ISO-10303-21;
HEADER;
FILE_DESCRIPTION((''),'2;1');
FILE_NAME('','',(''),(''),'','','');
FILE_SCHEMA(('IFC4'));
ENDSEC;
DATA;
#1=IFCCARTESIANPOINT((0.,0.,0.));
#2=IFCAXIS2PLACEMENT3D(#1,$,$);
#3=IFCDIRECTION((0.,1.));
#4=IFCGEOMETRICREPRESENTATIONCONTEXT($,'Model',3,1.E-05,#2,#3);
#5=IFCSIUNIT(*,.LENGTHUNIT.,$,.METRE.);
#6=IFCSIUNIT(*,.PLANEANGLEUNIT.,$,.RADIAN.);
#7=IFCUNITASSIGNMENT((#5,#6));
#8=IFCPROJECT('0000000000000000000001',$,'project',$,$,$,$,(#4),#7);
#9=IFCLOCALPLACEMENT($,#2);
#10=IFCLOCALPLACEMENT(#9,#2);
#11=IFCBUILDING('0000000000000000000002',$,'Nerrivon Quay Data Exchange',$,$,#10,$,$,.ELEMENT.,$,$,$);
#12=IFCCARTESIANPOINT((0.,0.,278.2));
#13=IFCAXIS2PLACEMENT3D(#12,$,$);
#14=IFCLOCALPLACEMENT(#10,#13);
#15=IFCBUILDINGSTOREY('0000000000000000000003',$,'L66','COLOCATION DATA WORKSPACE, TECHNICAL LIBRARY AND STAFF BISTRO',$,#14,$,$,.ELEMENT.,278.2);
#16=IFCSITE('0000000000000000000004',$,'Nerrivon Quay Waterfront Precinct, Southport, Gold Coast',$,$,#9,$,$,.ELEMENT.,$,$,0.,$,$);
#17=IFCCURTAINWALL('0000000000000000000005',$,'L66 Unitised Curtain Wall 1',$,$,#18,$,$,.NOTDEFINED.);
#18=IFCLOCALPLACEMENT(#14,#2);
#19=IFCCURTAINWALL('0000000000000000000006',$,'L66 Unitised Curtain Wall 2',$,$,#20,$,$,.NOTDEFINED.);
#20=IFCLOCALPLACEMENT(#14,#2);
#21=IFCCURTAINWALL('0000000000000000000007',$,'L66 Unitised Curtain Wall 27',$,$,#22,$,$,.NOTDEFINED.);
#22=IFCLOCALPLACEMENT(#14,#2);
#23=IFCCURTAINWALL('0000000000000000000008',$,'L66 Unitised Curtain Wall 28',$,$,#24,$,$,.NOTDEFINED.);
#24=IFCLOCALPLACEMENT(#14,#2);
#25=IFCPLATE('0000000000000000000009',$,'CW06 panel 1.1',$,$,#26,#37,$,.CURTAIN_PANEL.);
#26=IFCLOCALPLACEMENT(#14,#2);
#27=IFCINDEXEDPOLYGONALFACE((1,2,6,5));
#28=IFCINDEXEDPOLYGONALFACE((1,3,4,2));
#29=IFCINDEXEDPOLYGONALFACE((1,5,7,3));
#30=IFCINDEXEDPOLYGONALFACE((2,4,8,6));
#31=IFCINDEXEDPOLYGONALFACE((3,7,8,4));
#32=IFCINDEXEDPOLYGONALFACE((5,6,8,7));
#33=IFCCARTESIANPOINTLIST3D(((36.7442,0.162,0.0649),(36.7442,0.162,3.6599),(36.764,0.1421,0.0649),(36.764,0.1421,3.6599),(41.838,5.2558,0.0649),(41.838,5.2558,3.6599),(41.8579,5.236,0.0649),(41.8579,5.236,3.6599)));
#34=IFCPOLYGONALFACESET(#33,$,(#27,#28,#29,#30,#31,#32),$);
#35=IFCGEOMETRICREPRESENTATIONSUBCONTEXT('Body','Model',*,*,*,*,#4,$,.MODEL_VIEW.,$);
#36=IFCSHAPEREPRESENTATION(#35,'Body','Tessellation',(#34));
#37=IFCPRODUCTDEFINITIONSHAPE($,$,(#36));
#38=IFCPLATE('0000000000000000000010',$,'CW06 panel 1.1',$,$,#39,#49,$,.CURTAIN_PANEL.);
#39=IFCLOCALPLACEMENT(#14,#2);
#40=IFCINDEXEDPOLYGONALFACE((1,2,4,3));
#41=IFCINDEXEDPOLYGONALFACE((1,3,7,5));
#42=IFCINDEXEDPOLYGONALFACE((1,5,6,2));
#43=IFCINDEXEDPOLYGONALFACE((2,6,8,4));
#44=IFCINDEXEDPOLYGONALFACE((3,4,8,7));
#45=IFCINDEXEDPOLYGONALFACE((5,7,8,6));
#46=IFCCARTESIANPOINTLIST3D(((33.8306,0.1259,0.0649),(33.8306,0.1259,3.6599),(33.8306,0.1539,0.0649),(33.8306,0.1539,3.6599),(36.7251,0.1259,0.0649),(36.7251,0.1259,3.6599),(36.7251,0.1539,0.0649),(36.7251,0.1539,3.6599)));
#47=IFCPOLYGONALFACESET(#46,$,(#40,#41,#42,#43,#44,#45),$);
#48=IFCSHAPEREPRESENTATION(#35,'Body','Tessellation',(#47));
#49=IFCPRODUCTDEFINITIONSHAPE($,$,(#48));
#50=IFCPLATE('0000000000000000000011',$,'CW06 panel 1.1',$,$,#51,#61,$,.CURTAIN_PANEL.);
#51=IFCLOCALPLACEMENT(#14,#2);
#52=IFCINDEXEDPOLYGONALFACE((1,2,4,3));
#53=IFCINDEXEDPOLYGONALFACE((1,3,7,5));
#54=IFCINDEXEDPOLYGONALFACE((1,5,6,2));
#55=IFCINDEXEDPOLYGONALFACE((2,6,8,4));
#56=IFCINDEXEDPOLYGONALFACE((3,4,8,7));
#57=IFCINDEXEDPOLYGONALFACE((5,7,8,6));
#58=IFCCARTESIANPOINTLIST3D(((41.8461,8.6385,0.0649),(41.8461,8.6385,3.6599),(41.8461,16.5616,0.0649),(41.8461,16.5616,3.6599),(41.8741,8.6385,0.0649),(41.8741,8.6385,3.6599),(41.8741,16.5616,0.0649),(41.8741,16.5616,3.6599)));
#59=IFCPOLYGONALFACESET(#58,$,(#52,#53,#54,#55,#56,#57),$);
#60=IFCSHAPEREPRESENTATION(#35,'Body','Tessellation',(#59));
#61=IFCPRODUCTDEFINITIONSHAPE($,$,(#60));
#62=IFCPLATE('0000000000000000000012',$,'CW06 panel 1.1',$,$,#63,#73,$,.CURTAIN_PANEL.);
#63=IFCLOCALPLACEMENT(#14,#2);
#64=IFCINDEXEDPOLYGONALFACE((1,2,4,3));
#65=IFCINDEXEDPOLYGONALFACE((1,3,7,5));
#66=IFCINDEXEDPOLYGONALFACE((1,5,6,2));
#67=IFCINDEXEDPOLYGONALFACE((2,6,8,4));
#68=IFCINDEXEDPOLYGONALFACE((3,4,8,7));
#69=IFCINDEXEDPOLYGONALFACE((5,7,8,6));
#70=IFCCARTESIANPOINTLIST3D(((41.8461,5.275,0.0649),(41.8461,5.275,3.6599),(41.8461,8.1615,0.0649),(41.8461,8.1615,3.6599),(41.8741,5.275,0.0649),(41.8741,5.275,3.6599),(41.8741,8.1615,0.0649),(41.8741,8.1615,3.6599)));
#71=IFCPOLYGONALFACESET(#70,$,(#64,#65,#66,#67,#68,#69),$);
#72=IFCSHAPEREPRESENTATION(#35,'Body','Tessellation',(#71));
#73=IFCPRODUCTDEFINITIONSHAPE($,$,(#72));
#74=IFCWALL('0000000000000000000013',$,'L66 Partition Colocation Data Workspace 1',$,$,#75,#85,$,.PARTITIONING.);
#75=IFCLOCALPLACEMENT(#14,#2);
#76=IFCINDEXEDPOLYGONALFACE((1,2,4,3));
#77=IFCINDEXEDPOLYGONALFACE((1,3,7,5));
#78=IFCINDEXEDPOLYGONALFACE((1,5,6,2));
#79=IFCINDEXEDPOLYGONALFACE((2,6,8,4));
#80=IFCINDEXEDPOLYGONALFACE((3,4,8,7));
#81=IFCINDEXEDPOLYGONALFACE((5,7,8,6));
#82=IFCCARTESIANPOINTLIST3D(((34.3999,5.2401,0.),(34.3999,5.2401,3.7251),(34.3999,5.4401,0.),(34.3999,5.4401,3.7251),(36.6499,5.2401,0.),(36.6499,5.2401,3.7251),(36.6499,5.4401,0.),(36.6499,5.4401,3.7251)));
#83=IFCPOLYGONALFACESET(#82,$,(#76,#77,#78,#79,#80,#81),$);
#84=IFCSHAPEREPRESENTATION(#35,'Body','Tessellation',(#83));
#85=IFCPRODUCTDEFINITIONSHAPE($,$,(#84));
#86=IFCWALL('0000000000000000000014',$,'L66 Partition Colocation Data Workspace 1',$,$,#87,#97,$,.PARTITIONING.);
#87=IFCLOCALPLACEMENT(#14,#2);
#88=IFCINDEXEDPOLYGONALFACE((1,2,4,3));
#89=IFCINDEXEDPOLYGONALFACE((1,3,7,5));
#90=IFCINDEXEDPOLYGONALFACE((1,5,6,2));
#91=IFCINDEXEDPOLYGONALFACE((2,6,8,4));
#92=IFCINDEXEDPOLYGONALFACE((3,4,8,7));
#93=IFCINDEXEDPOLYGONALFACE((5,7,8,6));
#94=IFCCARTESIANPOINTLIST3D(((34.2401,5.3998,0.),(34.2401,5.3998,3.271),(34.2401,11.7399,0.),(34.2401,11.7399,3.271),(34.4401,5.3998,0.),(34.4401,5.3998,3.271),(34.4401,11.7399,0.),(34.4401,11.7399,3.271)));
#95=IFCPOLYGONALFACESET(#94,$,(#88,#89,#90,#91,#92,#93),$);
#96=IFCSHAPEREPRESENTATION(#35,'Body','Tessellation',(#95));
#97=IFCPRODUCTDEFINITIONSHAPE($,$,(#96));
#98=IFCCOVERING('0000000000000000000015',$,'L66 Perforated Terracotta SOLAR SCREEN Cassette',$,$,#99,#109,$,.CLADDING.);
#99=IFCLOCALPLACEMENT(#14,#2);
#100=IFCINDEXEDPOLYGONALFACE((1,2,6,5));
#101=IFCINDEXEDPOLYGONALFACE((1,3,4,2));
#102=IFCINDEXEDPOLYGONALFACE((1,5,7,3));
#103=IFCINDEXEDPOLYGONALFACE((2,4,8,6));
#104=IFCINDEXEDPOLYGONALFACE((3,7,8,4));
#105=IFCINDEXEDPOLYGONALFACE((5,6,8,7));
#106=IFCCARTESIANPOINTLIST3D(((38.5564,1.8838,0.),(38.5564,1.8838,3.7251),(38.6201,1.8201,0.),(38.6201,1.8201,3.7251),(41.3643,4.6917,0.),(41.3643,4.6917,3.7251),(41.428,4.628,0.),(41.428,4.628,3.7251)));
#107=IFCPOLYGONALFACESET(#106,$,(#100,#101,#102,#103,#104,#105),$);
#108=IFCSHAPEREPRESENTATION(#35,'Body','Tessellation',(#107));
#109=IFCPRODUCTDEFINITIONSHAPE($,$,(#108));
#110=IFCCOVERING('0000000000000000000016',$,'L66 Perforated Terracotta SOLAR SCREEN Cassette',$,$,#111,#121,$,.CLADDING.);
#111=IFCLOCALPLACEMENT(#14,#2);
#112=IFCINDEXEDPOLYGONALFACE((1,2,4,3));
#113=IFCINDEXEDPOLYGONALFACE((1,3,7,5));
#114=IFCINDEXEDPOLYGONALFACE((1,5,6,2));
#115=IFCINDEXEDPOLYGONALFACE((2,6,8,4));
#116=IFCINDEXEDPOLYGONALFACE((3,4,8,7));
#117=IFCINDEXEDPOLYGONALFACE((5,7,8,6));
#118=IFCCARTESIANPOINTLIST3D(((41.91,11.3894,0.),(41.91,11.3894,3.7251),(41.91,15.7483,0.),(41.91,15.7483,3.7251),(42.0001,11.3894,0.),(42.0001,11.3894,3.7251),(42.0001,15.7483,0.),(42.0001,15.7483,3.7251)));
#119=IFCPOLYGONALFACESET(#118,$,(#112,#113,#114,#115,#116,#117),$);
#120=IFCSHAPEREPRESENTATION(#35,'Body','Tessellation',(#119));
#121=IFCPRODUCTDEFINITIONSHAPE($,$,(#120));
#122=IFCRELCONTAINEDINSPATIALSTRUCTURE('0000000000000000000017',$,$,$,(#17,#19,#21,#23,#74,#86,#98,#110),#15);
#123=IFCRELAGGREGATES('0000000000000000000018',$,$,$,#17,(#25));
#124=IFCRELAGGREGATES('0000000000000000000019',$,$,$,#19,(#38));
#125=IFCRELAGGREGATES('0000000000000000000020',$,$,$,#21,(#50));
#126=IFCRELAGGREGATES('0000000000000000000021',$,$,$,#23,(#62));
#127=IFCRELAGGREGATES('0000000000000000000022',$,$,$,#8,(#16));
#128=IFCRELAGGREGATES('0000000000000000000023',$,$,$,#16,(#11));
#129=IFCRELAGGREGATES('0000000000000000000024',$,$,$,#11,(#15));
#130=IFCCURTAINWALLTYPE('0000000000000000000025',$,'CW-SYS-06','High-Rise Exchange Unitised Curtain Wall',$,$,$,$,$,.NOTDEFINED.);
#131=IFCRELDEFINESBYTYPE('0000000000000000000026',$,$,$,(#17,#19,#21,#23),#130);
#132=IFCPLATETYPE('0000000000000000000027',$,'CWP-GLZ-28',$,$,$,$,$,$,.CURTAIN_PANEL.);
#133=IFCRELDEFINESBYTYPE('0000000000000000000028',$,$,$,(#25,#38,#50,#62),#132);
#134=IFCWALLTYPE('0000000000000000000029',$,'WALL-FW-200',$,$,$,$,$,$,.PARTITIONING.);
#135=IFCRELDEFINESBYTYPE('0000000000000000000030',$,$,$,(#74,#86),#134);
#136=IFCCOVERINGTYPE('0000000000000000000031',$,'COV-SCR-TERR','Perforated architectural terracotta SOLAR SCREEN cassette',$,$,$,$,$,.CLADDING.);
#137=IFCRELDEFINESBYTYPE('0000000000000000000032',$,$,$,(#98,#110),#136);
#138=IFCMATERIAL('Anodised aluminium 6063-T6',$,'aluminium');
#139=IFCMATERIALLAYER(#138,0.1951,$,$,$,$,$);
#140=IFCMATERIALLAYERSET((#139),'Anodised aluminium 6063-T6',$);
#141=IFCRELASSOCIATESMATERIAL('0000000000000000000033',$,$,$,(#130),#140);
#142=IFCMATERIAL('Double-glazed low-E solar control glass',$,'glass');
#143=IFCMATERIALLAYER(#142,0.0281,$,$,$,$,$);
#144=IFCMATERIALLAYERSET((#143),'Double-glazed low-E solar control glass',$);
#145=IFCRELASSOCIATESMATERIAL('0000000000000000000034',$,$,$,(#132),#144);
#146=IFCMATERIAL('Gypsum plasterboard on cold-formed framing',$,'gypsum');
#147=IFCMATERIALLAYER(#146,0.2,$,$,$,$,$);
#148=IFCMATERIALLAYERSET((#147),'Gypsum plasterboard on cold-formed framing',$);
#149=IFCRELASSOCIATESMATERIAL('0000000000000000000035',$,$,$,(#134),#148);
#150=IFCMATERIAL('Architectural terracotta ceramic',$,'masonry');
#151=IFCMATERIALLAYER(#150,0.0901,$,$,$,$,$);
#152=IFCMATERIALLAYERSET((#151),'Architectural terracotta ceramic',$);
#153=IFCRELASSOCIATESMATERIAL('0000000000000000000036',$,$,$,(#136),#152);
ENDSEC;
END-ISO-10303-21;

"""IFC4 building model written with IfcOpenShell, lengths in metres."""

from ifc_helpers import new_model, si_unit, direction, frame, frame_2d, origin, origin_2d, place, context, subcontext, project, spatial, rectangle, extrude, material, layer, layer_set, type_object, element, aggregate, save


model = new_model("IFC4")

# Units and contexts
model_context = context("Model", 3, precision=1e-05, world=origin(), true_north=direction((0.0, 1.0)))
body_context = subcontext(model_context, "Body", "Model", "MODEL_VIEW")
ifc_project = project(units=[si_unit("LENGTHUNIT", "METRE"), si_unit("PLANEANGLEUNIT", "RADIAN")], contexts=[model_context])

# Site, building, storey
site_placement = place(None, origin())
site = spatial("IfcSite", under=ifc_project, at=site_placement, Name="Nerrivon Quay Waterfront Precinct, Southport, Gold Coast", CompositionType="ELEMENT", RefElevation=0.0)
building_placement = place(site_placement, origin())
building = spatial("IfcBuilding", under=site, at=building_placement, Name="Nerrivon Quay Data Exchange", CompositionType="ELEMENT")
storey_placement = place(building_placement, frame((0.0, 0.0, 278.2)))
storey = spatial("IfcBuildingStorey", under=building, at=storey_placement, Name="L66", Description="COLOCATION DATA WORKSPACE, TECHNICAL LIBRARY AND STAFF BISTRO", CompositionType="ELEMENT", Elevation=278.2)

# Curtain wall
ifc_material_1 = material(Name="Anodised aluminium 6063-T6", Category="aluminium")
ifc_layer_1 = layer(ifc_material_1, 0.1951)
ifc_layer_set_1 = layer_set([ifc_layer_1], Name="Anodised aluminium 6063-T6")
curtain_wall_type = type_object("IfcCurtainWallType", Name="CW-SYS-06", Description="High-Rise Exchange Unitised Curtain Wall", PredefinedType="NOTDEFINED", material=ifc_layer_set_1)
curtain_wall_1_placement = place(storey_placement, origin())
curtain_wall_1 = element("IfcCurtainWall", 1, at=curtain_wall_1_placement, inside=storey, type_object=curtain_wall_type, Name="L66 Unitised Curtain Wall 1", PredefinedType="NOTDEFINED")

# Curtain walls
curtain_wall_2_placement = place(storey_placement, origin())
curtain_wall_2 = element("IfcCurtainWall", 2, at=curtain_wall_2_placement, inside=storey, type_object=curtain_wall_type, Name="L66 Unitised Curtain Wall 2", PredefinedType="NOTDEFINED")
curtain_wall_3_placement = place(storey_placement, origin())
curtain_wall_3 = element("IfcCurtainWall", 3, at=curtain_wall_3_placement, inside=storey, type_object=curtain_wall_type, Name="L66 Unitised Curtain Wall 27", PredefinedType="NOTDEFINED")

# Curtain wall
curtain_wall_4_placement = place(storey_placement, origin())
curtain_wall_4 = element("IfcCurtainWall", 4, at=curtain_wall_4_placement, inside=storey, type_object=curtain_wall_type, Name="L66 Unitised Curtain Wall 28", PredefinedType="NOTDEFINED")

# Plates
ifc_material_2 = material(Name="Double-glazed low-E solar control glass", Category="glass")
ifc_layer_2 = layer(ifc_material_2, 0.0281)
ifc_layer_set_2 = layer_set([ifc_layer_2], Name="Double-glazed low-E solar control glass")
plate_type = type_object("IfcPlateType", Name="CWP-GLZ-28", PredefinedType="CURTAIN_PANEL", material=ifc_layer_set_2)
plate_1_placement = place(storey_placement, frame((39.301, 2.699, 0.0649), z_axis=(0.0, 0.0, 1.0), x_axis=(-0.707107, -0.707107, 0.0)))
plate_1 = element("IfcPlate", 5, at=plate_1_placement, type_object=plate_type, Name="CW06 panel 1.1", PredefinedType="CURTAIN_PANEL", context=body_context, shape_type="SweptSolid", body=[
    extrude(rectangle(XDim=7.2039, YDim=0.0281, at=origin_2d()), origin(), (0.0, 0.0, 1.0), 3.595),
])
aggregate(curtain_wall_1, [plate_1])
plate_2_placement = place(storey_placement, frame((35.2778, 0.1399, 0.0649), z_axis=(0.0, 0.0, 1.0), x_axis=(-1.0, 0.0, 0.0)))
plate_2 = element("IfcPlate", 6, at=plate_2_placement, type_object=plate_type, Name="CW06 panel 1.1", PredefinedType="CURTAIN_PANEL", context=body_context, shape_type="SweptSolid", body=[
    extrude(rectangle(XDim=2.8945, YDim=0.0281, at=origin_2d()), origin(), (0.0, 0.0, 1.0), 3.595),
])
aggregate(curtain_wall_2, [plate_2])
plate_3_placement = place(storey_placement, frame((41.8601, 12.6001, 0.0649), z_axis=(0.0, 0.0, 1.0), x_axis=(0.0, -1.0, 0.0)))
plate_3 = element("IfcPlate", 7, at=plate_3_placement, type_object=plate_type, Name="CW06 panel 1.1", PredefinedType="CURTAIN_PANEL", context=body_context, shape_type="SweptSolid", body=[
    extrude(rectangle(XDim=7.9231, YDim=0.0281, at=origin_2d()), origin(), (0.0, 0.0, 1.0), 3.595),
])
aggregate(curtain_wall_3, [plate_3])
plate_4_placement = place(storey_placement, frame((41.8601, 6.7183, 0.0649), z_axis=(0.0, 0.0, 1.0), x_axis=(0.0, -1.0, 0.0)))
plate_4 = element("IfcPlate", 8, at=plate_4_placement, type_object=plate_type, Name="CW06 panel 1.1", PredefinedType="CURTAIN_PANEL", context=body_context, shape_type="SweptSolid", body=[
    extrude(rectangle(XDim=2.8865, YDim=0.0281, at=origin_2d()), origin(), (0.0, 0.0, 1.0), 3.595),
])
aggregate(curtain_wall_4, [plate_4])

# Walls
ifc_material_3 = material(Name="Gypsum plasterboard on cold-formed framing", Category="gypsum")
ifc_layer_3 = layer(ifc_material_3, 0.2)
ifc_layer_set_3 = layer_set([ifc_layer_3], Name="Gypsum plasterboard on cold-formed framing")
wall_type = type_object("IfcWallType", Name="WALL-FW-200", PredefinedType="PARTITIONING", material=ifc_layer_set_3)
wall_1_placement = place(storey_placement, frame((36.6499, 5.3401, 0.0), z_axis=(0.0, 0.0, 1.0), x_axis=(-1.0, 0.0, 0.0)))
element("IfcWall", 9, at=wall_1_placement, inside=storey, type_object=wall_type, Name="L66 Partition Colocation Data Workspace 1", PredefinedType="PARTITIONING", context=body_context, shape_type="SweptSolid", body=[
    extrude(rectangle(XDim=2.25, YDim=0.2, at=frame_2d((1.125, 0.0))), origin(), (0.0, 0.0, 1.0), 3.7251),
])
wall_2_placement = place(storey_placement, frame((34.3401, 5.3999, 0.0), z_axis=(0.0, 0.0, 1.0), x_axis=(0.0, 1.0, 0.0)))
element("IfcWall", 10, at=wall_2_placement, inside=storey, type_object=wall_type, Name="L66 Partition Colocation Data Workspace 1", PredefinedType="PARTITIONING", context=body_context, shape_type="SweptSolid", body=[
    extrude(rectangle(XDim=6.3401, YDim=0.2, at=frame_2d((3.1699, 0.0))), origin(), (0.0, 0.0, 1.0), 3.271),
])

# Coverings
ifc_material_4 = material(Name="Architectural terracotta ceramic", Category="masonry")
ifc_layer_4 = layer(ifc_material_4, 0.0901)
ifc_layer_set_4 = layer_set([ifc_layer_4], Name="Architectural terracotta ceramic")
covering_type = type_object("IfcCoveringType", Name="COV-SCR-TERR", Description="Perforated architectural terracotta SOLAR SCREEN cassette", PredefinedType="CLADDING", material=ifc_layer_set_4)
covering_1_placement = place(storey_placement, frame((39.9922, 3.2559, 0.0), z_axis=(0.0, 0.0, 1.0), x_axis=(-0.707107, -0.707107, 0.0)))
element("IfcCovering", 11, at=covering_1_placement, inside=storey, type_object=covering_type, Name="L66 Perforated Terracotta SOLAR SCREEN Cassette", PredefinedType="CLADDING", context=body_context, shape_type="SweptSolid", body=[
    extrude(rectangle(XDim=3.9709, YDim=0.0901, at=origin_2d()), origin(), (0.0, 0.0, 1.0), 3.7251),
])
covering_2_placement = place(storey_placement, frame((41.9551, 13.5688, 0.0), z_axis=(0.0, 0.0, 1.0), x_axis=(0.0, -1.0, 0.0)))
element("IfcCovering", 12, at=covering_2_placement, inside=storey, type_object=covering_type, Name="L66 Perforated Terracotta SOLAR SCREEN Cassette", PredefinedType="CLADDING", context=body_context, shape_type="SweptSolid", body=[
    extrude(rectangle(XDim=4.3589, YDim=0.0901, at=origin_2d()), origin(), (0.0, 0.0, 1.0), 3.7251),
])

save(model, "model.ifc")
